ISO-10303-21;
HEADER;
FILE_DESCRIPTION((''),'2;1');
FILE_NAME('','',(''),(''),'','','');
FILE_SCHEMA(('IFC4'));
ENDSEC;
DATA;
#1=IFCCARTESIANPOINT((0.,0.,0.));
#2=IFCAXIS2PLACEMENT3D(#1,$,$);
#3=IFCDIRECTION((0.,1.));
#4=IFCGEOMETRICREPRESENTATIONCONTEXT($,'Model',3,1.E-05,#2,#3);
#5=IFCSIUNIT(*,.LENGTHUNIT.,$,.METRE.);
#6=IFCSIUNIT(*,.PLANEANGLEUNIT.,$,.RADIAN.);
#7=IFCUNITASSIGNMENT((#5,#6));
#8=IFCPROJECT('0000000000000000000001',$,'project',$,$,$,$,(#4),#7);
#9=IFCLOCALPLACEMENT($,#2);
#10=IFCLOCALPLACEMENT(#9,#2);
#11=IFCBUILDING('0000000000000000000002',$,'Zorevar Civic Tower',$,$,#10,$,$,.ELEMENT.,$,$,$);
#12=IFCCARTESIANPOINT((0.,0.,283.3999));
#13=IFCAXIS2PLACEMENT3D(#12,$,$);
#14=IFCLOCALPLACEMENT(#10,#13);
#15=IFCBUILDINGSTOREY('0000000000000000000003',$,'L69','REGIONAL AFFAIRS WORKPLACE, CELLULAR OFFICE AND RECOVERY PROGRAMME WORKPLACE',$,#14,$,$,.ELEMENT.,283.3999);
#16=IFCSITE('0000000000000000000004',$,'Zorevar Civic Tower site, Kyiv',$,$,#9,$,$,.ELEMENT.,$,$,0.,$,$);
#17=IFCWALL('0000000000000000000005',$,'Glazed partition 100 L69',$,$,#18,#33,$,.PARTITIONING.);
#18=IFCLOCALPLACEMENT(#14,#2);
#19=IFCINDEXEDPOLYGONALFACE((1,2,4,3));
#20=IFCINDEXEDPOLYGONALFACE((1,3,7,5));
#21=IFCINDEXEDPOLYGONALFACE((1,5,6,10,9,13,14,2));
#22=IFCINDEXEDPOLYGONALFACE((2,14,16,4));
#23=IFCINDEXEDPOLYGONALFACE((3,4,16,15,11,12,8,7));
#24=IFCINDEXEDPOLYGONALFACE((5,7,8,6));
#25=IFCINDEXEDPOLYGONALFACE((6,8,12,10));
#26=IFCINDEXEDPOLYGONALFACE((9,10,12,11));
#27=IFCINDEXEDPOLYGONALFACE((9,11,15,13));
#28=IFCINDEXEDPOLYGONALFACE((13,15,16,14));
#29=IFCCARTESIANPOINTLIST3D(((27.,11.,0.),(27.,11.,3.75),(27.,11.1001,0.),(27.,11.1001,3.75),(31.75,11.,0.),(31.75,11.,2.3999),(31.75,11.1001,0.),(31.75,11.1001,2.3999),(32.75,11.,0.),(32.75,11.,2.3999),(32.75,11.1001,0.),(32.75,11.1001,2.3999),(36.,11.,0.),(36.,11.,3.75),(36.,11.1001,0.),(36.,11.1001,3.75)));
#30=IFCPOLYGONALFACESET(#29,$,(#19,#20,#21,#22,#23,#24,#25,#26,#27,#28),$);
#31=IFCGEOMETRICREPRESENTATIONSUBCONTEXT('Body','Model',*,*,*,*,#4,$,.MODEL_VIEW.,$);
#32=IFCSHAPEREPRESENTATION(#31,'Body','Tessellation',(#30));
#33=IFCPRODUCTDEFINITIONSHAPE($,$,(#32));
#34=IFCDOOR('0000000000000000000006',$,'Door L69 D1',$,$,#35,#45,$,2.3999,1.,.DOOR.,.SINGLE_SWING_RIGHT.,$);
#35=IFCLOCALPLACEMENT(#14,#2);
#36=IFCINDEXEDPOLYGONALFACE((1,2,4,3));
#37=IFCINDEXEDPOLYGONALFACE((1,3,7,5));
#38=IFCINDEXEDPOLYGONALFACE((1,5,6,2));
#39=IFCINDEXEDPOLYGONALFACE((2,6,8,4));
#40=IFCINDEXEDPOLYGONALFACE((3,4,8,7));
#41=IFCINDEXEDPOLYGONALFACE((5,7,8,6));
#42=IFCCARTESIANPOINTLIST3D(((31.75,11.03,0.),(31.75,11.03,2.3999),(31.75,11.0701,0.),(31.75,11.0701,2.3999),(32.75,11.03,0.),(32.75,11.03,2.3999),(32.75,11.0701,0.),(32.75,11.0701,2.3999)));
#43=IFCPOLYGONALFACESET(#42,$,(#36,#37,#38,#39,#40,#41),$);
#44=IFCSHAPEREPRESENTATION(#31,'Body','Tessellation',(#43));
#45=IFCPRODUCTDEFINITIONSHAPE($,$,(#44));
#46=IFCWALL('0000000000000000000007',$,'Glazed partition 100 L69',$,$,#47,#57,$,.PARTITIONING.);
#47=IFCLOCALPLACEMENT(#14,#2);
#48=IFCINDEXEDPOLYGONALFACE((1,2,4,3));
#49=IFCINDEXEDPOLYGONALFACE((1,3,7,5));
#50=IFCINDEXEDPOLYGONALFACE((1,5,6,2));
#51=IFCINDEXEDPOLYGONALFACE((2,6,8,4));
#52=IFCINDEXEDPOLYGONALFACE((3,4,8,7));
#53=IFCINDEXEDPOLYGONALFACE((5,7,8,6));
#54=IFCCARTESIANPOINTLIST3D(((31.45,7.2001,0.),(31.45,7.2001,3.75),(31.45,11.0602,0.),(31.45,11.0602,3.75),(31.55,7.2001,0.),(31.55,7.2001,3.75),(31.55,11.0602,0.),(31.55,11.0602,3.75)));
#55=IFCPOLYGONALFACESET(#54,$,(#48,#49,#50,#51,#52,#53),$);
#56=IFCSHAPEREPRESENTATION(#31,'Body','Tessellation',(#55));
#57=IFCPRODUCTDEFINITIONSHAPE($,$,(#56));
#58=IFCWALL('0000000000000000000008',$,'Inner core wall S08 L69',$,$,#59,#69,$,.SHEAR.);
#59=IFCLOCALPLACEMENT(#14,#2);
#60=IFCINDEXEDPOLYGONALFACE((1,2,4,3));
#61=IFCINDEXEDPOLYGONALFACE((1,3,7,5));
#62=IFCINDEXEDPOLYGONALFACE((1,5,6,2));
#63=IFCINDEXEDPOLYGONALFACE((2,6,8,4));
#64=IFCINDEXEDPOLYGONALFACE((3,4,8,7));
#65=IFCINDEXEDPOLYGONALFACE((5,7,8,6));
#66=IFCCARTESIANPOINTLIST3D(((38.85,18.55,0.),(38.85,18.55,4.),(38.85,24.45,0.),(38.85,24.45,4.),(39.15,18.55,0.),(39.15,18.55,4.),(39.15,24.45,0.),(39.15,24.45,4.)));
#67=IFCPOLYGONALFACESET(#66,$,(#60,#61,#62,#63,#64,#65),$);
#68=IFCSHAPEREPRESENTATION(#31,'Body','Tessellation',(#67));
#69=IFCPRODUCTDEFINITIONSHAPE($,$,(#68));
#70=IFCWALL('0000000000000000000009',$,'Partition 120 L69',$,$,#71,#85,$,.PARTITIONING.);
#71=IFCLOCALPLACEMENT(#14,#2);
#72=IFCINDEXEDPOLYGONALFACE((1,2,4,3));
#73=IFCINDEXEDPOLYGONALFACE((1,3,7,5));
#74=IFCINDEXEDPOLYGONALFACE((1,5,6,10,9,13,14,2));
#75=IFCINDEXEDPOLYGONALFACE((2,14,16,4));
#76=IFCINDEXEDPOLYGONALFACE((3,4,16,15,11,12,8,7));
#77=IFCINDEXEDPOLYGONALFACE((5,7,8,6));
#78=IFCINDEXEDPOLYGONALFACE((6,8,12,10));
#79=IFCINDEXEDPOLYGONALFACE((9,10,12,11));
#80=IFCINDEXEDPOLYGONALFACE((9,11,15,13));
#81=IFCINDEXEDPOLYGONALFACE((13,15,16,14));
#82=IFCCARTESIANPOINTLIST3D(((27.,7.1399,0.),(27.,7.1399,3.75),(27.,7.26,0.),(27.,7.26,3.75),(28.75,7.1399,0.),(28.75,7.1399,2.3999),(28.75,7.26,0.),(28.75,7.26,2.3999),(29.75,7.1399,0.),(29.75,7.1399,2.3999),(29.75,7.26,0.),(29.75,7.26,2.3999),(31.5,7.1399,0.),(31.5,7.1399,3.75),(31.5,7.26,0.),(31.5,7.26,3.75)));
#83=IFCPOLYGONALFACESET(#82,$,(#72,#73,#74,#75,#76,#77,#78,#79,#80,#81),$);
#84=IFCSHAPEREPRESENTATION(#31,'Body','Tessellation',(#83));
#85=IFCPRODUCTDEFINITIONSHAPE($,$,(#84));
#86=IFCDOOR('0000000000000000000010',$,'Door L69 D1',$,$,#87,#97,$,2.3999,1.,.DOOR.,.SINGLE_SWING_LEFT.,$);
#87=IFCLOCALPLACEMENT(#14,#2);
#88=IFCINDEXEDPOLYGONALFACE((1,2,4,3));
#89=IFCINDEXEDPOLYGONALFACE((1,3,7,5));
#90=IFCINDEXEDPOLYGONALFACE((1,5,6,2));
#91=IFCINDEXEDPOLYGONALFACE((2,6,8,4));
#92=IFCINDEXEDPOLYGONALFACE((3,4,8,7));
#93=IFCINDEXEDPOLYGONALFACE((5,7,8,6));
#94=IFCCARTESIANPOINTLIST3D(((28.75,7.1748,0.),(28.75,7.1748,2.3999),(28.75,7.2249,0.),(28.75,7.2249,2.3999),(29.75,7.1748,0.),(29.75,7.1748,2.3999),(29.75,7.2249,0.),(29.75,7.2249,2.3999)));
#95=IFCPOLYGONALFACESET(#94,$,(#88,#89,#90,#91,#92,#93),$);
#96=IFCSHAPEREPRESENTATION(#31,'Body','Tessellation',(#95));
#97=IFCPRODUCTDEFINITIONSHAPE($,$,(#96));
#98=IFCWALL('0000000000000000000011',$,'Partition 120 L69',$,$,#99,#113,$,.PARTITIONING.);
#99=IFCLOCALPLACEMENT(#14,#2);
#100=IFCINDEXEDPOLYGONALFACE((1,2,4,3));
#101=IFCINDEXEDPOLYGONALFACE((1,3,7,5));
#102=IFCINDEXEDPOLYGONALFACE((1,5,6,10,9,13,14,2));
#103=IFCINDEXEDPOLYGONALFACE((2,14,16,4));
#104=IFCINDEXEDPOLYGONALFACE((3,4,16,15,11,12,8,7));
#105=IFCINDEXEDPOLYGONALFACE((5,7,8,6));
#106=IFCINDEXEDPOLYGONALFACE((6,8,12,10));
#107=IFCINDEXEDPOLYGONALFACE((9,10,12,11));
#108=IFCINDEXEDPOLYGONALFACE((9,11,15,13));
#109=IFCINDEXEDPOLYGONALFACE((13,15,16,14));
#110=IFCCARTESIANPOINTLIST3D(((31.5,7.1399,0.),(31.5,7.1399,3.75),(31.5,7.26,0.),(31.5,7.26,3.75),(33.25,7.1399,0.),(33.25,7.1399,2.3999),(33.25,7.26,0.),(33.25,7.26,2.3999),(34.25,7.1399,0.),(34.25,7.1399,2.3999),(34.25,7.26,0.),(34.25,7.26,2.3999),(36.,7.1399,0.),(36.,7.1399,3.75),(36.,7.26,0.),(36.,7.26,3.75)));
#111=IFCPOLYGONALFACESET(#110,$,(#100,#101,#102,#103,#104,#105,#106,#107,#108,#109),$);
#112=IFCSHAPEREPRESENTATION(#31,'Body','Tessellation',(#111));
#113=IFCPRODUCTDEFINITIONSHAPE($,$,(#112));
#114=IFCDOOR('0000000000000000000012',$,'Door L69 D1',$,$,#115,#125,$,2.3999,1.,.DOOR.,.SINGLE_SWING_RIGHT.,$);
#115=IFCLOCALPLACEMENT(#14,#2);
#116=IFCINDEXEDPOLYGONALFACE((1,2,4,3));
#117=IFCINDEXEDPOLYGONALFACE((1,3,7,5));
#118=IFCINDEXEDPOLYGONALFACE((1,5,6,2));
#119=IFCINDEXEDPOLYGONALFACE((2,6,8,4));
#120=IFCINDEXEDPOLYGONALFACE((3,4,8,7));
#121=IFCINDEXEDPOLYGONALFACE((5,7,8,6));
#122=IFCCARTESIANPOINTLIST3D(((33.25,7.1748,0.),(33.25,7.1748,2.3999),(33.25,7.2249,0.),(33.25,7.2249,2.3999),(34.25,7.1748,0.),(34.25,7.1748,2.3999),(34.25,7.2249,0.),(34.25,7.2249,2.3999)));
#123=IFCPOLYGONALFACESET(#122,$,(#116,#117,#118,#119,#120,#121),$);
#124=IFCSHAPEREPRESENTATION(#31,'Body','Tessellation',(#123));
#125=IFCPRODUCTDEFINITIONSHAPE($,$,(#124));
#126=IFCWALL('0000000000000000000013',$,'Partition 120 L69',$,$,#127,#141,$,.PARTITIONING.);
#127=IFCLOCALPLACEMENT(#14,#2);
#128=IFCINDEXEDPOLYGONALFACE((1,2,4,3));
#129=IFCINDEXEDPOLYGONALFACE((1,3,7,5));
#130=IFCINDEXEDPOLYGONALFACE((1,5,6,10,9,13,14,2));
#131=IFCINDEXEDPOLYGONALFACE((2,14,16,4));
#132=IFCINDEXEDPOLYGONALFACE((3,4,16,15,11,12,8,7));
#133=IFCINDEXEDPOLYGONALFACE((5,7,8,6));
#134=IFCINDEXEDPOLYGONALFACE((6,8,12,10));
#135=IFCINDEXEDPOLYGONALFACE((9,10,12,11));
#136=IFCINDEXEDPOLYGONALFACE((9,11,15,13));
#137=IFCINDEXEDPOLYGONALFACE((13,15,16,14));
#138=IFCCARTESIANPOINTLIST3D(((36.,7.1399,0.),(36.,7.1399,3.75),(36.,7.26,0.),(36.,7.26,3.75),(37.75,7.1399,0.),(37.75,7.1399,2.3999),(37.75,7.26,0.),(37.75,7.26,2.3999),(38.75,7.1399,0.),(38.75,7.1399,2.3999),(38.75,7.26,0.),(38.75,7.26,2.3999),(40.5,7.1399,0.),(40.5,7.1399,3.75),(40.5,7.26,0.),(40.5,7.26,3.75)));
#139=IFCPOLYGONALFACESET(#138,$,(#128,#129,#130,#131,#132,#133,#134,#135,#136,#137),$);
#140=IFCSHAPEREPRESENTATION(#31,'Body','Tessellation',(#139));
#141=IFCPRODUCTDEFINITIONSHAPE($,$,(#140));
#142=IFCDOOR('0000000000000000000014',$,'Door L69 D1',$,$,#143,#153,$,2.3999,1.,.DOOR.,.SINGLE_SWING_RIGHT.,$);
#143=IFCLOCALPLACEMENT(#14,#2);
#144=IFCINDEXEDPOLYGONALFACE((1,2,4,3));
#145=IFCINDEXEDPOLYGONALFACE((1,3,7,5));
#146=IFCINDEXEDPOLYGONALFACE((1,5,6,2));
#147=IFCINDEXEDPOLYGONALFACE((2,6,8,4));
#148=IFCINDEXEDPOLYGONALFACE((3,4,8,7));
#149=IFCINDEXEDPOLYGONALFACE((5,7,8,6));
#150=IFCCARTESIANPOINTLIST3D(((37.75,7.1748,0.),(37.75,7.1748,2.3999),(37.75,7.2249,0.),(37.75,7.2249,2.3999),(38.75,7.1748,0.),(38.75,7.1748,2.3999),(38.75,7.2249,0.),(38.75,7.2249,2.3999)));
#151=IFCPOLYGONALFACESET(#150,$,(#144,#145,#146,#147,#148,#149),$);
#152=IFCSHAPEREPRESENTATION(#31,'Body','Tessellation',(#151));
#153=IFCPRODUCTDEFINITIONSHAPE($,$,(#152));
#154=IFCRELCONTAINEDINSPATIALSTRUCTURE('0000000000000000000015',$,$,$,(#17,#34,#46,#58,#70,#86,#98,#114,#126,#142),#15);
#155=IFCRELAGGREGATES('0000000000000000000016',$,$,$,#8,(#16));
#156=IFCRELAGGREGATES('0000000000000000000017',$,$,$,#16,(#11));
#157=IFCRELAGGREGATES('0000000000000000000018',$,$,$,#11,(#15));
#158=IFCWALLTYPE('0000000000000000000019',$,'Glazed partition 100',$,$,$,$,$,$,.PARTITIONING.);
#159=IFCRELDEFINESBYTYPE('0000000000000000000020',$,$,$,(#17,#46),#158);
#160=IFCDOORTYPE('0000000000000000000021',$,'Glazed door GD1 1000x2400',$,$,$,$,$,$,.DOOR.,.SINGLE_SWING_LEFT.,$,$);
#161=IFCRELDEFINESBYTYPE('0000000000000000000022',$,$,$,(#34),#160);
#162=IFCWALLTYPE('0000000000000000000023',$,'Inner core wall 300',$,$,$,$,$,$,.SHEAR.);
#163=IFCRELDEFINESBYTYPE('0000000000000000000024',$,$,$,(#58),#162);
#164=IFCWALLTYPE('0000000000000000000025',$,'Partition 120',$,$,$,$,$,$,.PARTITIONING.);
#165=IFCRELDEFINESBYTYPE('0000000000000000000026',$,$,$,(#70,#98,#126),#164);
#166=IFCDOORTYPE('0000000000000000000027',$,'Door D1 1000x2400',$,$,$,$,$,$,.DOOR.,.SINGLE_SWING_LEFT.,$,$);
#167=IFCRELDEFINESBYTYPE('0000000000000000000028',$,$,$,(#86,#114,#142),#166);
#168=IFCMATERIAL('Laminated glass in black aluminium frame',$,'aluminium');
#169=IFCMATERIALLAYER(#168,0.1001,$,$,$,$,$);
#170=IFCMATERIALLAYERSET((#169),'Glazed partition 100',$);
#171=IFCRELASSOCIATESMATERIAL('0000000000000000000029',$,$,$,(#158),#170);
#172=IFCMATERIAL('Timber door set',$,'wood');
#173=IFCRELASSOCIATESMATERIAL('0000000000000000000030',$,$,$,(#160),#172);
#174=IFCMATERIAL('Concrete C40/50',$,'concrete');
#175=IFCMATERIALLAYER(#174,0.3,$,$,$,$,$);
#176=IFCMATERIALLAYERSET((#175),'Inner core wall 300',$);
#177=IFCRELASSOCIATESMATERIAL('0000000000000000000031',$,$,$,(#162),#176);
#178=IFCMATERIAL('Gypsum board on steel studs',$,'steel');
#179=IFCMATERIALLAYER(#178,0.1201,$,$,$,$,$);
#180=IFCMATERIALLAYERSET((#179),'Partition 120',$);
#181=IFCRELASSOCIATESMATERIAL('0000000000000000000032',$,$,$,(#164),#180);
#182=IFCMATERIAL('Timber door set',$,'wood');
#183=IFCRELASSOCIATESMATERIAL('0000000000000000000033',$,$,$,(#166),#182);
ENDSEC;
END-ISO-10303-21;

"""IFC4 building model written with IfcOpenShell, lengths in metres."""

from ifc_helpers import new_model, si_unit, direction, frame, frame_2d, origin, place, context, subcontext, project, spatial, rectangle, extrude, material, layer, layer_set, type_object, element, fill, save


model = new_model("IFC4")

# Units and contexts
model_context = context("Model", 3, precision=1e-05, world=origin(), true_north=direction((0.0, 1.0)))
body_context = subcontext(model_context, "Body", "Model", "MODEL_VIEW")
ifc_project = project(units=[si_unit("LENGTHUNIT", "METRE"), si_unit("PLANEANGLEUNIT", "RADIAN")], contexts=[model_context])

# Site, building, storey
site_placement = place(None, origin())
site = spatial("IfcSite", under=ifc_project, at=site_placement, Name="Zorevar Civic Tower site, Kyiv", CompositionType="ELEMENT", RefElevation=0.0)
building_placement = place(site_placement, origin())
building = spatial("IfcBuilding", under=site, at=building_placement, Name="Zorevar Civic Tower", CompositionType="ELEMENT")
storey_placement = place(building_placement, frame((0.0, 0.0, 283.3999)))
storey = spatial("IfcBuildingStorey", under=building, at=storey_placement, Name="L69", Description="REGIONAL AFFAIRS WORKPLACE, CELLULAR OFFICE AND RECOVERY PROGRAMME WORKPLACE", CompositionType="ELEMENT", Elevation=283.3999)

# Wall, opening, door
ifc_material_1 = material(Name="Laminated glass in black aluminium frame", Category="aluminium")
ifc_layer_1 = layer(ifc_material_1, 0.1001)
ifc_layer_set_1 = layer_set([ifc_layer_1], Name="Glazed partition 100")
wall_type_1 = type_object("IfcWallType", Name="Glazed partition 100", PredefinedType="PARTITIONING", material=ifc_layer_set_1)
wall_1_placement = place(storey_placement, frame((27.0, 11.05, 0.0), z_axis=(0.0, 0.0, 1.0), x_axis=(1.0, 0.0, 0.0)))
wall_1 = element("IfcWall", 1, at=wall_1_placement, inside=storey, type_object=wall_type_1, Name="Glazed partition 100 L69", PredefinedType="PARTITIONING", context=body_context, shape_type="SweptSolid", body=[
    extrude(rectangle(XDim=9.0, YDim=0.1001, at=frame_2d((4.5, 0.0))), origin(), (0.0, 0.0, 1.0), 3.75),
])
opening_1_placement = place(wall_1_placement, frame((4.75, 0.0, 0.0)))
opening_1 = element("IfcOpeningElement", 2, at=opening_1_placement, cuts=wall_1, PredefinedType="OPENING", context=body_context, shape_type="SweptSolid", body=[
    extrude(rectangle(XDim=1.0, YDim=2.3999, at=frame_2d((0.5, 1.2))), frame((0.0, 0.0601, 0.0), z_axis=(0.0, -1.0, 0.0), x_axis=(1.0, 0.0, 0.0)), (0.0, 0.0, 1.0), 0.1201),
])
ifc_material_2 = material(Name="Timber door set", Category="wood")
door_type_1 = type_object("IfcDoorType", Name="Glazed door GD1 1000x2400", OperationType="SINGLE_SWING_LEFT", PredefinedType="DOOR", material=ifc_material_2)
door_1_placement = place(opening_1_placement, origin())
door_1 = element("IfcDoor", 3, at=door_1_placement, inside=storey, type_object=door_type_1, Name="Door L69 D1", OperationType="SINGLE_SWING_RIGHT", OverallHeight=2.3999, OverallWidth=1.0, PredefinedType="DOOR", context=body_context, shape_type="SweptSolid", body=[
    extrude(rectangle(XDim=1.0, YDim=2.3999, at=frame_2d((0.5, 1.2))), frame((0.0, 0.02, 0.0), z_axis=(0.0, -1.0, 0.0), x_axis=(1.0, 0.0, 0.0)), (0.0, 0.0, 1.0), 0.04),
])
fill(opening_1, door_1)

# Walls
wall_2_placement = place(storey_placement, frame((31.5, 7.2, 0.0), z_axis=(0.0, 0.0, 1.0), x_axis=(0.0, 1.0, 0.0)))
element("IfcWall", 4, at=wall_2_placement, inside=storey, type_object=wall_type_1, Name="Glazed partition 100 L69", PredefinedType="PARTITIONING", context=body_context, shape_type="SweptSolid", body=[
    extrude(rectangle(XDim=3.8601, YDim=0.1001, at=frame_2d((1.9302, 0.0))), origin(), (0.0, 0.0, 1.0), 3.75),
])
ifc_material_3 = material(Name="Concrete C40/50", Category="concrete")
ifc_layer_2 = layer(ifc_material_3, 0.3)
ifc_layer_set_2 = layer_set([ifc_layer_2], Name="Inner core wall 300")
wall_type_2 = type_object("IfcWallType", Name="Inner core wall 300", PredefinedType="SHEAR", material=ifc_layer_set_2)
wall_3_placement = place(storey_placement, frame((39.0, 18.55, 0.0), z_axis=(0.0, 0.0, 1.0), x_axis=(0.0, 1.0, 0.0)))
element("IfcWall", 5, at=wall_3_placement, inside=storey, type_object=wall_type_2, Name="Inner core wall S08 L69", PredefinedType="SHEAR", context=body_context, shape_type="SweptSolid", body=[
    extrude(rectangle(XDim=5.8999, YDim=0.3, at=frame_2d((2.95, 0.0))), origin(), (0.0, 0.0, 1.0), 4.0),
])

# Walls, openings, doors
ifc_material_4 = material(Name="Gypsum board on steel studs", Category="steel")
ifc_layer_3 = layer(ifc_material_4, 0.1201)
ifc_layer_set_3 = layer_set([ifc_layer_3], Name="Partition 120")
wall_type_3 = type_object("IfcWallType", Name="Partition 120", PredefinedType="PARTITIONING", material=ifc_layer_set_3)
wall_4_placement = place(storey_placement, frame((27.0, 7.2, 0.0), z_axis=(0.0, 0.0, 1.0), x_axis=(1.0, 0.0, 0.0)))
wall_4 = element("IfcWall", 6, at=wall_4_placement, inside=storey, type_object=wall_type_3, Name="Partition 120 L69", PredefinedType="PARTITIONING", context=body_context, shape_type="SweptSolid", body=[
    extrude(rectangle(XDim=4.5, YDim=0.1201, at=frame_2d((2.25, 0.0))), origin(), (0.0, 0.0, 1.0), 3.75),
])
opening_2_placement = place(wall_4_placement, frame((1.75, 0.0, 0.0)))
opening_2 = element("IfcOpeningElement", 7, at=opening_2_placement, cuts=wall_4, PredefinedType="OPENING", context=body_context, shape_type="SweptSolid", body=[
    extrude(rectangle(XDim=1.0, YDim=2.3999, at=frame_2d((0.5, 1.2))), frame((0.0, 0.0701, 0.0), z_axis=(0.0, -1.0, 0.0), x_axis=(1.0, 0.0, 0.0)), (0.0, 0.0, 1.0), 0.1401),
])
ifc_material_5 = material(Name="Timber door set", Category="wood")
door_type_2 = type_object("IfcDoorType", Name="Door D1 1000x2400", OperationType="SINGLE_SWING_LEFT", PredefinedType="DOOR", material=ifc_material_5)
door_2_placement = place(opening_2_placement, origin())
door_2 = element("IfcDoor", 8, at=door_2_placement, inside=storey, type_object=door_type_2, Name="Door L69 D1", OperationType="SINGLE_SWING_LEFT", OverallHeight=2.3999, OverallWidth=1.0, PredefinedType="DOOR", context=body_context, shape_type="SweptSolid", body=[
    extrude(rectangle(XDim=1.0, YDim=2.3999, at=frame_2d((0.5, 1.2))), frame((0.0, 0.0249, 0.0), z_axis=(0.0, -1.0, 0.0), x_axis=(1.0, 0.0, 0.0)), (0.0, 0.0, 1.0), 0.05),
])
fill(opening_2, door_2)
wall_5_placement = place(storey_placement, frame((31.5, 7.2, 0.0), z_axis=(0.0, 0.0, 1.0), x_axis=(1.0, 0.0, 0.0)))
wall_5 = element("IfcWall", 9, at=wall_5_placement, inside=storey, type_object=wall_type_3, Name="Partition 120 L69", PredefinedType="PARTITIONING", context=body_context, shape_type="SweptSolid", body=[
    extrude(rectangle(XDim=4.5, YDim=0.1201, at=frame_2d((2.25, 0.0))), origin(), (0.0, 0.0, 1.0), 3.75),
])
opening_3_placement = place(wall_5_placement, frame((1.75, 0.0, 0.0)))
opening_3 = element("IfcOpeningElement", 10, at=opening_3_placement, cuts=wall_5, PredefinedType="OPENING", context=body_context, shape_type="SweptSolid", body=[
    extrude(rectangle(XDim=1.0, YDim=2.3999, at=frame_2d((0.5, 1.2))), frame((0.0, 0.0701, 0.0), z_axis=(0.0, -1.0, 0.0), x_axis=(1.0, 0.0, 0.0)), (0.0, 0.0, 1.0), 0.1401),
])
door_3_placement = place(opening_3_placement, origin())
door_3 = element("IfcDoor", 11, at=door_3_placement, inside=storey, type_object=door_type_2, Name="Door L69 D1", OperationType="SINGLE_SWING_RIGHT", OverallHeight=2.3999, OverallWidth=1.0, PredefinedType="DOOR", context=body_context, shape_type="SweptSolid", body=[
    extrude(rectangle(XDim=1.0, YDim=2.3999, at=frame_2d((0.5, 1.2))), frame((0.0, 0.0249, 0.0), z_axis=(0.0, -1.0, 0.0), x_axis=(1.0, 0.0, 0.0)), (0.0, 0.0, 1.0), 0.05),
])
fill(opening_3, door_3)
wall_6_placement = place(storey_placement, frame((36.0, 7.2, 0.0), z_axis=(0.0, 0.0, 1.0), x_axis=(1.0, 0.0, 0.0)))
wall_6 = element("IfcWall", 12, at=wall_6_placement, inside=storey, type_object=wall_type_3, Name="Partition 120 L69", PredefinedType="PARTITIONING", context=body_context, shape_type="SweptSolid", body=[
    extrude(rectangle(XDim=4.5, YDim=0.1201, at=frame_2d((2.25, 0.0))), origin(), (0.0, 0.0, 1.0), 3.75),
])
opening_4_placement = place(wall_6_placement, frame((1.75, 0.0, 0.0)))
opening_4 = element("IfcOpeningElement", 13, at=opening_4_placement, cuts=wall_6, PredefinedType="OPENING", context=body_context, shape_type="SweptSolid", body=[
    extrude(rectangle(XDim=1.0, YDim=2.3999, at=frame_2d((0.5, 1.2))), frame((0.0, 0.0701, 0.0), z_axis=(0.0, -1.0, 0.0), x_axis=(1.0, 0.0, 0.0)), (0.0, 0.0, 1.0), 0.1401),
])
door_4_placement = place(opening_4_placement, origin())
door_4 = element("IfcDoor", 14, at=door_4_placement, inside=storey, type_object=door_type_2, Name="Door L69 D1", OperationType="SINGLE_SWING_RIGHT", OverallHeight=2.3999, OverallWidth=1.0, PredefinedType="DOOR", context=body_context, shape_type="SweptSolid", body=[
    extrude(rectangle(XDim=1.0, YDim=2.3999, at=frame_2d((0.5, 1.2))), frame((0.0, 0.0249, 0.0), z_axis=(0.0, -1.0, 0.0), x_axis=(1.0, 0.0, 0.0)), (0.0, 0.0, 1.0), 0.05),
])
fill(opening_4, door_4)

save(model, "model.ifc")
